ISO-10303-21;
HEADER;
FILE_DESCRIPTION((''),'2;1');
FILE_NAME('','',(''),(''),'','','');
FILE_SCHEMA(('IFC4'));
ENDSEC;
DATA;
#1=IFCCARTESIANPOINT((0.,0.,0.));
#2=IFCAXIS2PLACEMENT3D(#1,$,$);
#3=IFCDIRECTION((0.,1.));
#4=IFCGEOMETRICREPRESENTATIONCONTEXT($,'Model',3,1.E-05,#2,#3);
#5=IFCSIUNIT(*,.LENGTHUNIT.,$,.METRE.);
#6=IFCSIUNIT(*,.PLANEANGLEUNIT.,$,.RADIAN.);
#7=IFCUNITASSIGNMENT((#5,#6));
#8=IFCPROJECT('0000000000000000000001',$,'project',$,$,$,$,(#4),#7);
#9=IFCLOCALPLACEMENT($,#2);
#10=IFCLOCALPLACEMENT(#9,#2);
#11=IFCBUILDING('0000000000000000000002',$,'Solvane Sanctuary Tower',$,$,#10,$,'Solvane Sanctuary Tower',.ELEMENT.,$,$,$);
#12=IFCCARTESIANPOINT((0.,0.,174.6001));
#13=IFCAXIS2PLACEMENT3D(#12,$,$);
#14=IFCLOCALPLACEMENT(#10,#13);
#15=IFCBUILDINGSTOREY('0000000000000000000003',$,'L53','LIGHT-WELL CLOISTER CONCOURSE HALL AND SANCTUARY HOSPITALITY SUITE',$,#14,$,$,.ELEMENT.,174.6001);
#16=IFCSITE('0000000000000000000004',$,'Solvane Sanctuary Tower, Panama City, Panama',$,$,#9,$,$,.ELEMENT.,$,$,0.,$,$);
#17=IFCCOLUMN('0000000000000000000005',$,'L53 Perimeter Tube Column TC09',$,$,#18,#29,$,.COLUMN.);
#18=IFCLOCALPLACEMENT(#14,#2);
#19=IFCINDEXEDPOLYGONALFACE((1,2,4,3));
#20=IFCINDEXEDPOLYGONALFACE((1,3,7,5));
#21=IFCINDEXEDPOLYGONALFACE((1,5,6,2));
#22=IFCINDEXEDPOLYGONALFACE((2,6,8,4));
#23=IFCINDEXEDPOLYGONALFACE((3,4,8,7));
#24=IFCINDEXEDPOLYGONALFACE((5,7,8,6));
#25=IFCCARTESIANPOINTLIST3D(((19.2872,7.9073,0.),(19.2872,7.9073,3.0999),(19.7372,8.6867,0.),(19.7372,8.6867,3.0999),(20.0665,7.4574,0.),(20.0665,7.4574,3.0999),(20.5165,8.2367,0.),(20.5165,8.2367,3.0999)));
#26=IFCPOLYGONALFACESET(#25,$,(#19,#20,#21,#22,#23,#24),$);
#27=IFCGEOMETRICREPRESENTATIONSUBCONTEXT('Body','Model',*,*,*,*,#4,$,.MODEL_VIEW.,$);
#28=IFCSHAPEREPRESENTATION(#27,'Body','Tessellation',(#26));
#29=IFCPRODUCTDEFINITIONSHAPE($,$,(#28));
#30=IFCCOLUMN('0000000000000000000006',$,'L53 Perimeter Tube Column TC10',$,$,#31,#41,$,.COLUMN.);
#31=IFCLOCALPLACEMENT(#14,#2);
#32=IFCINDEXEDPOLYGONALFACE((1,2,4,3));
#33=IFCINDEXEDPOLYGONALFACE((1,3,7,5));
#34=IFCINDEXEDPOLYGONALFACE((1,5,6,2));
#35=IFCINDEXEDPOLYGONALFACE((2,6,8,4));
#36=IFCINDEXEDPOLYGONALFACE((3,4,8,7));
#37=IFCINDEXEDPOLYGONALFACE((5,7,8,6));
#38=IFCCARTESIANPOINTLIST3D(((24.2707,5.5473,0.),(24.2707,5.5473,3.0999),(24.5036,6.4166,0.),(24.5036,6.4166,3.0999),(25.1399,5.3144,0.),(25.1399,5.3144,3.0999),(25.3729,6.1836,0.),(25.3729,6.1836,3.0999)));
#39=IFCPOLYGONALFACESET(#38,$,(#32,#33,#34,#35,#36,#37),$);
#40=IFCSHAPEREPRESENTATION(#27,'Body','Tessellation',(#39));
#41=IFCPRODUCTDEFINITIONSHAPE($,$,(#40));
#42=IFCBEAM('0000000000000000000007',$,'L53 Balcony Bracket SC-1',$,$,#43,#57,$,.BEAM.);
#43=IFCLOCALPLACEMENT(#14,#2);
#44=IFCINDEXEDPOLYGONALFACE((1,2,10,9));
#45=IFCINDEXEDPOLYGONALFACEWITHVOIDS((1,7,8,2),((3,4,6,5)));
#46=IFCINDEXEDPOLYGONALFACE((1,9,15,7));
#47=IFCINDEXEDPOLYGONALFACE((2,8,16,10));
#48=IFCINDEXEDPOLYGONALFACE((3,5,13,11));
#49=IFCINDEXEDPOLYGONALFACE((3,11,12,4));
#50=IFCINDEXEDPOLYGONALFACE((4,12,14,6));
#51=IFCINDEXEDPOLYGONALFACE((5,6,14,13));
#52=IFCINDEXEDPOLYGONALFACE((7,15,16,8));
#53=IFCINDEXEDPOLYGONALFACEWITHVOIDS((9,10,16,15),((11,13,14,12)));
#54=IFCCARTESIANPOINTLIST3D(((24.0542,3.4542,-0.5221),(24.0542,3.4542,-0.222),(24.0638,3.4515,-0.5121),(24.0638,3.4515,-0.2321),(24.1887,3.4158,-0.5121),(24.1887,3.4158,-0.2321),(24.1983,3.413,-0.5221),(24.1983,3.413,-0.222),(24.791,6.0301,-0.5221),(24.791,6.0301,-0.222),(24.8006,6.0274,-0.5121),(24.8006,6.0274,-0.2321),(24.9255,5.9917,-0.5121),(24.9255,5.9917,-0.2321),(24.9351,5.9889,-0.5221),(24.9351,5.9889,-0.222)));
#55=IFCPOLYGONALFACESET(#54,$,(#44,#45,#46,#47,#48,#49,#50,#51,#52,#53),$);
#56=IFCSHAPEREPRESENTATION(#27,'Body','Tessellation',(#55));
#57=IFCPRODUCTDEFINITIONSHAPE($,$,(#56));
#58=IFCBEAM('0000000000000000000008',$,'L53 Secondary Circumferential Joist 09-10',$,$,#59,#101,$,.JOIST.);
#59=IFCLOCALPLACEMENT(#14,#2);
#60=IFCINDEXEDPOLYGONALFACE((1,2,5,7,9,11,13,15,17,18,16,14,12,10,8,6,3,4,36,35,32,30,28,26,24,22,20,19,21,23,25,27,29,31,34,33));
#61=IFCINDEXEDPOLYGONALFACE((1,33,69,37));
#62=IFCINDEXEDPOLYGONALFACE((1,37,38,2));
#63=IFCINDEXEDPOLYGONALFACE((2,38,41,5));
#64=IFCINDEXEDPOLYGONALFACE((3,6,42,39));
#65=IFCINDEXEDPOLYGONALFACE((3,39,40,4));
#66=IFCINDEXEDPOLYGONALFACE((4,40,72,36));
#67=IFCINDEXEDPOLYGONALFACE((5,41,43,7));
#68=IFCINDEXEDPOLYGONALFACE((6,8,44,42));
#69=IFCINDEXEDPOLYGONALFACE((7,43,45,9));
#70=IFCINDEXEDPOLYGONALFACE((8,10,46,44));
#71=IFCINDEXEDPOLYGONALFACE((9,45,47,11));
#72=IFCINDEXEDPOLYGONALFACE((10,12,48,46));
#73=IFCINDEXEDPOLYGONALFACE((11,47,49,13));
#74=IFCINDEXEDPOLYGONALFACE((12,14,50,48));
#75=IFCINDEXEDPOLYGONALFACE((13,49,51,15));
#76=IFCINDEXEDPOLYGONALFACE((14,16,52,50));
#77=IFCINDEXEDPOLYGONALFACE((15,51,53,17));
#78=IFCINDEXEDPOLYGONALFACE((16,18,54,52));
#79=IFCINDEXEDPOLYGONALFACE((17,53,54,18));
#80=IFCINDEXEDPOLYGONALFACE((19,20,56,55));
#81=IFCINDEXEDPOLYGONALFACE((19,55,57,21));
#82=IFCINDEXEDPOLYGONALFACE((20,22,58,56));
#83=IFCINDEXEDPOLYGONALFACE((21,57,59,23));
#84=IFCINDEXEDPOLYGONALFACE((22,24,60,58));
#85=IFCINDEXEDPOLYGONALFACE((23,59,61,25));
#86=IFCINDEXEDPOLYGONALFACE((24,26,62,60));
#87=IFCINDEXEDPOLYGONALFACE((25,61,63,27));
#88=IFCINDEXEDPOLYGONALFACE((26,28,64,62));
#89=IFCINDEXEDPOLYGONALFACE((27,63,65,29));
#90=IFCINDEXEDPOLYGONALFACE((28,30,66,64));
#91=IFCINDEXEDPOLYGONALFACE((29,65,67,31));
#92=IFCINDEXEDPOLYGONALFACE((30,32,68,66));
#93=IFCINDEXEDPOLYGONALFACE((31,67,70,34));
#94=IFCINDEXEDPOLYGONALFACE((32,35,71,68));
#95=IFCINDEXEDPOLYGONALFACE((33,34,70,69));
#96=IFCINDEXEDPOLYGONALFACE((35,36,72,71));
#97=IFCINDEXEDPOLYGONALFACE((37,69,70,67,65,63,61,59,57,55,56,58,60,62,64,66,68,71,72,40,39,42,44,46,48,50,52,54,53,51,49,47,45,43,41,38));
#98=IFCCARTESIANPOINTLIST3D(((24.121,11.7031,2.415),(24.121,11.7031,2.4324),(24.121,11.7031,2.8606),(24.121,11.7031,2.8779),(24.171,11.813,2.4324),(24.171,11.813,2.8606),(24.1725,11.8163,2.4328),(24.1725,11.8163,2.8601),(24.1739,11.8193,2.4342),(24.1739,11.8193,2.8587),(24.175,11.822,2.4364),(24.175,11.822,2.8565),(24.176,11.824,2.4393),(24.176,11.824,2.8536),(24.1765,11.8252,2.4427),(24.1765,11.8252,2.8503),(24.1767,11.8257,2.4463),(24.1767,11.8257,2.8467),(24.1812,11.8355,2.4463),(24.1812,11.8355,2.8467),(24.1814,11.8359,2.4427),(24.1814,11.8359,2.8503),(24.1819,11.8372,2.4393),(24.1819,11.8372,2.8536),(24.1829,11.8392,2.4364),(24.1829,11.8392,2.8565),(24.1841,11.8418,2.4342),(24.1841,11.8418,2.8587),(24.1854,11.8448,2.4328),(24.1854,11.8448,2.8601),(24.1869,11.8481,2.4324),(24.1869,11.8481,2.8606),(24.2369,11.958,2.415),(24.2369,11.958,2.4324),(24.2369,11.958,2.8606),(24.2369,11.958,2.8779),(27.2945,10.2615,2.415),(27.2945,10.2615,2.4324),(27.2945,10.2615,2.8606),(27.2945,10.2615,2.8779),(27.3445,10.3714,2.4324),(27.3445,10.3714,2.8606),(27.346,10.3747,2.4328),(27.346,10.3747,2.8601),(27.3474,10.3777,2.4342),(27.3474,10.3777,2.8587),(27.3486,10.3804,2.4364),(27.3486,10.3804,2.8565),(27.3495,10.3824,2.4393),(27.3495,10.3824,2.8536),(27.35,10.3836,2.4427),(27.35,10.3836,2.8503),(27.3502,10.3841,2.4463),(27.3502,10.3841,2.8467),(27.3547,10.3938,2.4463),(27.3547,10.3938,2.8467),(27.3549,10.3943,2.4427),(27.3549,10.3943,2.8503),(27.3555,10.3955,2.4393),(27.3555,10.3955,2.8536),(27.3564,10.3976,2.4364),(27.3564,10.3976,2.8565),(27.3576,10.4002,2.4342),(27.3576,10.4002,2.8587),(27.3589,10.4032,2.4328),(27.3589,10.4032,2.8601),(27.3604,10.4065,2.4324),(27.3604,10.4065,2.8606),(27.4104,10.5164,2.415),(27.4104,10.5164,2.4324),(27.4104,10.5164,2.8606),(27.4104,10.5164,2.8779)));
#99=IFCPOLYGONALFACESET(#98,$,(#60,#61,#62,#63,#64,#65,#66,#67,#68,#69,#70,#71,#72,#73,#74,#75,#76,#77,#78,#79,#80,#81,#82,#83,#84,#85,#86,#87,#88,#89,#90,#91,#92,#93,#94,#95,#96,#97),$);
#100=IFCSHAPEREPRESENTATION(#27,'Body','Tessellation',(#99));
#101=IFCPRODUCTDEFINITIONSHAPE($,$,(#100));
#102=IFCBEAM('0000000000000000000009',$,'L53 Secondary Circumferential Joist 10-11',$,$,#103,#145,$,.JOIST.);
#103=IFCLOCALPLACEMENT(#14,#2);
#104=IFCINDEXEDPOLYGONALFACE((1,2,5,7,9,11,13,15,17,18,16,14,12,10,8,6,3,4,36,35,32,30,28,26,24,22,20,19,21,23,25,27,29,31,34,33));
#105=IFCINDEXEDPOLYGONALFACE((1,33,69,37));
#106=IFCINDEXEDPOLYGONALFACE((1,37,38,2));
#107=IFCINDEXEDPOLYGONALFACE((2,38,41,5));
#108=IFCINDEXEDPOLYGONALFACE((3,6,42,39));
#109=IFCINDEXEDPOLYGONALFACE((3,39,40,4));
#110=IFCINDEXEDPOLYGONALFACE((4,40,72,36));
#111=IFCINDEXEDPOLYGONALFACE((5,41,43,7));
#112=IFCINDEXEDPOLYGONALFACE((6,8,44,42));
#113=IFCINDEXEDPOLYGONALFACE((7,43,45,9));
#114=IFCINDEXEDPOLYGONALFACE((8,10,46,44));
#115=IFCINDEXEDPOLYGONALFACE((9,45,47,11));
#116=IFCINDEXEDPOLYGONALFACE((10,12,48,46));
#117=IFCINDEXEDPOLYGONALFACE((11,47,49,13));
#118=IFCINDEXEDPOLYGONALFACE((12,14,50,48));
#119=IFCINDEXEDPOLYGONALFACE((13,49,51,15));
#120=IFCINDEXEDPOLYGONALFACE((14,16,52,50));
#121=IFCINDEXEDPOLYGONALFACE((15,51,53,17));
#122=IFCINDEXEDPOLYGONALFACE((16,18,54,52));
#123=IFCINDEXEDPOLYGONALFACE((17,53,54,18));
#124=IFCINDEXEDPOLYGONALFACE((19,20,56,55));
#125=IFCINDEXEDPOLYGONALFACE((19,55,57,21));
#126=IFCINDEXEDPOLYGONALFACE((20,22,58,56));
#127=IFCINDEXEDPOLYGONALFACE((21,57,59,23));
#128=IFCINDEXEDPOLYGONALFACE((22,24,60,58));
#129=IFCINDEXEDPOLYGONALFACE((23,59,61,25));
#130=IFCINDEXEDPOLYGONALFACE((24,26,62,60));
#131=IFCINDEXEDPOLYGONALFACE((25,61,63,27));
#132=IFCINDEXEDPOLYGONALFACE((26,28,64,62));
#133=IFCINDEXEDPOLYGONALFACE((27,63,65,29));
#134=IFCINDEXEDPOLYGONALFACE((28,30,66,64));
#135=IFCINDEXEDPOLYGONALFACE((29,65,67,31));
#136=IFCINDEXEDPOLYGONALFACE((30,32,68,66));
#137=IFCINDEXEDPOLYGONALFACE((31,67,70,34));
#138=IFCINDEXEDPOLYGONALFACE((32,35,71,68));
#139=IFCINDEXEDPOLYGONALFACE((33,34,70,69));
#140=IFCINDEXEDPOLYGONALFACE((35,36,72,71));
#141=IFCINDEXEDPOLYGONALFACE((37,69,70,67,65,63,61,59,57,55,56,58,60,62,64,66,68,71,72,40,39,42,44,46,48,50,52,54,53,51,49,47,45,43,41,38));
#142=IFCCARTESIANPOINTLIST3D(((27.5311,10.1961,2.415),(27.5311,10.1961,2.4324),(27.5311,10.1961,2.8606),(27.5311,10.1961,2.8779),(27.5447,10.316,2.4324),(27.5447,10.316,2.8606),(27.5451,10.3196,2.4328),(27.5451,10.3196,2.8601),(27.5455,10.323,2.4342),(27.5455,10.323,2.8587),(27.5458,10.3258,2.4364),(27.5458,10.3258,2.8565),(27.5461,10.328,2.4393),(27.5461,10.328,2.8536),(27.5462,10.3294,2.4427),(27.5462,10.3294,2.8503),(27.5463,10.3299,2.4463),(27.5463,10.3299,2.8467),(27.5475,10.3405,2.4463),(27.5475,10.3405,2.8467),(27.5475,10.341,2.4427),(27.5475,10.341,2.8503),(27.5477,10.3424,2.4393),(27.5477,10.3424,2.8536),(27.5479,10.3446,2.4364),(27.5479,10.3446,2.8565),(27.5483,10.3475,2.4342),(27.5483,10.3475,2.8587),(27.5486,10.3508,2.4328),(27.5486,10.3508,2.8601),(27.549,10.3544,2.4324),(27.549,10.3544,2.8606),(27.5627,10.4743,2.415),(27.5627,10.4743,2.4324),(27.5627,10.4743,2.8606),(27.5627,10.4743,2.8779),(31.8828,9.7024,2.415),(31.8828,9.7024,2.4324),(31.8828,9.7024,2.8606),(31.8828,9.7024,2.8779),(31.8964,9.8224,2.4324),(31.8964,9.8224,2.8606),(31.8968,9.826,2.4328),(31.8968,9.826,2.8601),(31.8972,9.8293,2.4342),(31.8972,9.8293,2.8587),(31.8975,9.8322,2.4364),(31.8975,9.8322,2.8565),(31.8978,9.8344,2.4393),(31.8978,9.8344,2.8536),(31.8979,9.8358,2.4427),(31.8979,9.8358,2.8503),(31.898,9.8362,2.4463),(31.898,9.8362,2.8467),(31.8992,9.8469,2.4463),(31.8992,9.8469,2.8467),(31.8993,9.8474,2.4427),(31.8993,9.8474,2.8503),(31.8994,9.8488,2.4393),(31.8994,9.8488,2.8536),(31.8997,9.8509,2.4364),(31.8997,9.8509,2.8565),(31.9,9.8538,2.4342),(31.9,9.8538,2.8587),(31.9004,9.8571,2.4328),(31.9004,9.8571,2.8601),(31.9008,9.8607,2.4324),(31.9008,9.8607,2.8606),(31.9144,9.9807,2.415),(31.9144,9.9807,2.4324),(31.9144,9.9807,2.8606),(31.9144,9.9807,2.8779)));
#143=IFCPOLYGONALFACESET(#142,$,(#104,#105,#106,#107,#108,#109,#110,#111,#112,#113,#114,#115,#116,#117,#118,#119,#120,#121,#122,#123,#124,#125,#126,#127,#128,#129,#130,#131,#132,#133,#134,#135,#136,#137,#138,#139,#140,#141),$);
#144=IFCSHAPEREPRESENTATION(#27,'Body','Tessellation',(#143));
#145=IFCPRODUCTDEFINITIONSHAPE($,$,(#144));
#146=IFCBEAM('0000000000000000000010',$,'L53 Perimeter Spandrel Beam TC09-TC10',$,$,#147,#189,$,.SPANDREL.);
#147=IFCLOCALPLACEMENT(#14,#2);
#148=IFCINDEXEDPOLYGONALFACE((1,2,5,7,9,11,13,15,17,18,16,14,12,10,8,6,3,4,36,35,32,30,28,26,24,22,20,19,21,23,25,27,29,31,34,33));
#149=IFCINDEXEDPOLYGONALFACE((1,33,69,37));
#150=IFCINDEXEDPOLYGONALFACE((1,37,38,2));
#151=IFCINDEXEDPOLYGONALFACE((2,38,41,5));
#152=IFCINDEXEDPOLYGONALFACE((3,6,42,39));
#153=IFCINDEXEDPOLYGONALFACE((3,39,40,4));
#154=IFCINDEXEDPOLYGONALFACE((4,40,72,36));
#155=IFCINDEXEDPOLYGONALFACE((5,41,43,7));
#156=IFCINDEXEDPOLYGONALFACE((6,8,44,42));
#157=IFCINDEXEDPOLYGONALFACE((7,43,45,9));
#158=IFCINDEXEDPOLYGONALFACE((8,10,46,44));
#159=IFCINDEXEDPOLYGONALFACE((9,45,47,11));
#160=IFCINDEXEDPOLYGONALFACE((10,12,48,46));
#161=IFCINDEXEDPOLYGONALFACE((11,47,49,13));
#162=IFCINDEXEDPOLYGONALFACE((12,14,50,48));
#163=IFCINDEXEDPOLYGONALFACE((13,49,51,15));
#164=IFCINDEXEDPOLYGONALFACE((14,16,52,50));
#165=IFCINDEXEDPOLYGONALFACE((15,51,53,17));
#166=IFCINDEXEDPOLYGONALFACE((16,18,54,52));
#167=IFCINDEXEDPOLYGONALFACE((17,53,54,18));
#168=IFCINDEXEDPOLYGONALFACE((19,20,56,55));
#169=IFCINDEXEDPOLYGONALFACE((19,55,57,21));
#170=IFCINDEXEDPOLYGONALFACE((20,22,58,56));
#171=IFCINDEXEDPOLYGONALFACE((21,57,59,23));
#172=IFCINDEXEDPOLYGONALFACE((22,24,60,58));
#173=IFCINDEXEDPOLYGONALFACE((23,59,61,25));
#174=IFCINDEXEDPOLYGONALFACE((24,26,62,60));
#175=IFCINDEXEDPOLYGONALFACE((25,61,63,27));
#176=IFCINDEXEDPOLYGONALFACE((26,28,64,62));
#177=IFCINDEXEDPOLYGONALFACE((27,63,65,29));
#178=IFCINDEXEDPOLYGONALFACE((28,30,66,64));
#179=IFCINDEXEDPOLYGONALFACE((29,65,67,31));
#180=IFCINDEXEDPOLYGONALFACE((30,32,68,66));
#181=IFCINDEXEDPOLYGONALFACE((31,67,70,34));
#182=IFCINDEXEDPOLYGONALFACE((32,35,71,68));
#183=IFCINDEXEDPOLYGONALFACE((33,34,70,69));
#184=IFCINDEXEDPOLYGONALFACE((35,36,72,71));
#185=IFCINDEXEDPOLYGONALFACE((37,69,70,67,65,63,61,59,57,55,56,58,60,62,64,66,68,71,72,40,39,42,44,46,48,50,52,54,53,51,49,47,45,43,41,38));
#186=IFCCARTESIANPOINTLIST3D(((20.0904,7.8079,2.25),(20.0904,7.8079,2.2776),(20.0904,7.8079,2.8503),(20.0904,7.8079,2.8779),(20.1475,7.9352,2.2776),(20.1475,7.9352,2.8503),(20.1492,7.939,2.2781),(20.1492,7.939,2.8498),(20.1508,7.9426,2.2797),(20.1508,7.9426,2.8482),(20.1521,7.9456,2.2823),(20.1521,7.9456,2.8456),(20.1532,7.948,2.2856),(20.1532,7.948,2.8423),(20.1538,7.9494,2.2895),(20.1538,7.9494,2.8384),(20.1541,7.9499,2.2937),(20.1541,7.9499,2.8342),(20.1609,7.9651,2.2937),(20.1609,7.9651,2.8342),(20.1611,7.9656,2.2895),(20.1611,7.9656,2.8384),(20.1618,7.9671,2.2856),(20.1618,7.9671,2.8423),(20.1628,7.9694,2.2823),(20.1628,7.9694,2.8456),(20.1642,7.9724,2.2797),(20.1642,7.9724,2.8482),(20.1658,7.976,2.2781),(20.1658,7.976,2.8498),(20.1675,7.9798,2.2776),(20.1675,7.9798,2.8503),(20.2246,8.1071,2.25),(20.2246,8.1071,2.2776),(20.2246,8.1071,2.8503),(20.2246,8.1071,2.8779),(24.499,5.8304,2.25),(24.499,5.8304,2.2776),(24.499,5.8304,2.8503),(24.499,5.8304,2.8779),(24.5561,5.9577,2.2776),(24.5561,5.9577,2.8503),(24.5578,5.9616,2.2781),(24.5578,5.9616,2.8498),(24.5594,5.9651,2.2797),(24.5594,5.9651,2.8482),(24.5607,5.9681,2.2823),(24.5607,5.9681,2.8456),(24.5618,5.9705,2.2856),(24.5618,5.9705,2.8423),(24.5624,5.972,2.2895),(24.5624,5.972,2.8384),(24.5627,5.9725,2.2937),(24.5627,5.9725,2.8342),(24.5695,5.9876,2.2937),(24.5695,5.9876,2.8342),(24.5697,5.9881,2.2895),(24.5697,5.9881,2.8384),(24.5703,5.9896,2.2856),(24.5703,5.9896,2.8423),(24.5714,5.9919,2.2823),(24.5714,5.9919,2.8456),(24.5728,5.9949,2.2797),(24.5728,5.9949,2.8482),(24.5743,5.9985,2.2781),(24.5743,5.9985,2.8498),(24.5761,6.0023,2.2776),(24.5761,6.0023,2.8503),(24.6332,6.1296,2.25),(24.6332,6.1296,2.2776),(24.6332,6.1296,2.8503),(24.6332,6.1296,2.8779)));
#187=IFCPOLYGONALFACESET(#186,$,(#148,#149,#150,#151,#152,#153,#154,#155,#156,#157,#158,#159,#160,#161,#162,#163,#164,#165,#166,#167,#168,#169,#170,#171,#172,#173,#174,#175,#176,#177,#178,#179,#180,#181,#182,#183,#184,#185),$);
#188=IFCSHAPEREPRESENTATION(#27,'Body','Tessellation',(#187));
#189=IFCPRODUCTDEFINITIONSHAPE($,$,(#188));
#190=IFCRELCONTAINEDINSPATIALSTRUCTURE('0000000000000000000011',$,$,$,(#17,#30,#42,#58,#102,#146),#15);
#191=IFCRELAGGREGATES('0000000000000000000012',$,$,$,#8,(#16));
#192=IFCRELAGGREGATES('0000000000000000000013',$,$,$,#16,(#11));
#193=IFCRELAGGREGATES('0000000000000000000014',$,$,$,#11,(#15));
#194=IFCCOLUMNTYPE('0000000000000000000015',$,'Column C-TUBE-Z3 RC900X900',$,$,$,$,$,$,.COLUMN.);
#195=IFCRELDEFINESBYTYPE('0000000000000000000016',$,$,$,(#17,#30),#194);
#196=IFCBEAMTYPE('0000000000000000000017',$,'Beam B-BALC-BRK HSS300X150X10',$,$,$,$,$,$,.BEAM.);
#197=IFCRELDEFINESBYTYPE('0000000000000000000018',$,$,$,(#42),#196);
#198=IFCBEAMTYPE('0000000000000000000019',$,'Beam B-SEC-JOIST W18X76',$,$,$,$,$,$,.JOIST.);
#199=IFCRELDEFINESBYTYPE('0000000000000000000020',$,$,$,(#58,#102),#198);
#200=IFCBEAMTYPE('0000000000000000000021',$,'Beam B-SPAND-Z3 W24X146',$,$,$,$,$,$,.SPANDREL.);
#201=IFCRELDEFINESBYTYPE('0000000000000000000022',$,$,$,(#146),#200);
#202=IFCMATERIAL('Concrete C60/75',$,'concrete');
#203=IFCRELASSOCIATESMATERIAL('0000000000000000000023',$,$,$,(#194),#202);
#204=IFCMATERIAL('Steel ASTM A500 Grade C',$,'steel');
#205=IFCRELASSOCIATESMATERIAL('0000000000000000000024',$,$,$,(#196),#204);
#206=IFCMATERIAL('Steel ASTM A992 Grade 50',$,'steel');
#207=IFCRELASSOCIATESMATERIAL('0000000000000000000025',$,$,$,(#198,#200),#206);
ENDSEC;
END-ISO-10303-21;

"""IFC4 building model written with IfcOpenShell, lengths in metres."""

from ifc_helpers import new_model, si_unit, direction, frame, origin, origin_2d, place, context, subcontext, project, spatial, rectangle, hollow_rectangle, i_section, extrude, material, material_profile, profile_set, type_object, element, save


model = new_model("IFC4")

# Units and contexts
model_context = context("Model", 3, precision=1e-05, world=origin(), true_north=direction((0.0, 1.0)))
body_context = subcontext(model_context, "Body", "Model", "MODEL_VIEW")
ifc_project = project(units=[si_unit("LENGTHUNIT", "METRE"), si_unit("PLANEANGLEUNIT", "RADIAN")], contexts=[model_context])

# Site, building, storey
site_placement = place(None, origin())
site = spatial("IfcSite", under=ifc_project, at=site_placement, Name="Solvane Sanctuary Tower, Panama City, Panama", CompositionType="ELEMENT", RefElevation=0.0)
building_placement = place(site_placement, origin())
building = spatial("IfcBuilding", under=site, at=building_placement, Name="Solvane Sanctuary Tower", LongName="Solvane Sanctuary Tower", CompositionType="ELEMENT")
storey_placement = place(building_placement, frame((0.0, 0.0, 174.6001)))
storey = spatial("IfcBuildingStorey", under=building, at=storey_placement, Name="L53", Description="LIGHT-WELL CLOISTER CONCOURSE HALL AND SANCTUARY HOSPITALITY SUITE", CompositionType="ELEMENT", Elevation=174.6001)

# Columns
ifc_material_1 = material(Name="Concrete C60/75", Category="concrete")
ifc_material_profile_1 = material_profile(ifc_material_1, rectangle(XDim=0.8999, YDim=0.8999, at=origin_2d()), Name="RC900X900")
ifc_profile_set_1 = profile_set([ifc_material_profile_1], Name="Concrete C60/75")
column_type = type_object("IfcColumnType", Name="Column C-TUBE-Z3 RC900X900", PredefinedType="COLUMN", material=ifc_profile_set_1)
for number, where, z_axis, x_axis, name in (
    (1, (19.9019, 8.072, 0.0), (0.0, 0.0, 1.0), (-0.5, -0.866025, 0.0), "L53 Perimeter Tube Column TC09"),
    (2, (24.8218, 5.8655, 0.0), (0.0, 0.0, 1.0), (-0.258819, -0.965926, 0.0), "L53 Perimeter Tube Column TC10"),
):
    element("IfcColumn", number, at=place(storey_placement, frame(where, z_axis=z_axis, x_axis=x_axis)), inside=storey, type_object=column_type, Name=name, PredefinedType="COLUMN", context=body_context, shape_type="SweptSolid", body=[
        extrude(rectangle(XDim=0.8999, YDim=0.8999, at=origin_2d()), origin(), (0.0, 0.0, 1.0), 3.0999),
    ])

# Beams
ifc_material_2 = material(Name="Steel ASTM A500 Grade C", Category="steel")
ifc_material_profile_2 = material_profile(ifc_material_2, hollow_rectangle(XDim=0.1499, YDim=0.3, WallThickness=0.01, at=origin_2d()), Name="HSS300X150X10")
ifc_profile_set_2 = profile_set([ifc_material_profile_2], Name="Steel ASTM A500 Grade C")
beam_type_1 = type_object("IfcBeamType", Name="Beam B-BALC-BRK HSS300X150X10", PredefinedType="BEAM", material=ifc_profile_set_2)
beam_1_placement = place(storey_placement, frame((24.863, 6.0095, -0.3721), z_axis=(-0.27501, -0.961441, 0.0), x_axis=(0.961441, -0.27501, 0.0)))
element("IfcBeam", 3, at=beam_1_placement, inside=storey, type_object=beam_type_1, Name="L53 Balcony Bracket SC-1", PredefinedType="BEAM", context=body_context, shape_type="SweptSolid", body=[
    extrude(hollow_rectangle(XDim=0.1499, YDim=0.3, WallThickness=0.01, at=origin_2d()), origin(), (0.0, 0.0, 1.0), 2.6792),
])
ifc_material_3 = material(Name="Steel ASTM A992 Grade 50", Category="steel")
ifc_material_profile_3 = material_profile(ifc_material_3, i_section(OverallWidth=0.28, OverallDepth=0.4629, WebThickness=0.0107, FlangeThickness=0.0173, FilletRadius=0.0139, at=origin_2d()), Name="W18X76")
ifc_profile_set_3 = profile_set([ifc_material_profile_3], Name="Steel ASTM A992 Grade 50")
beam_type_2 = type_object("IfcBeamType", Name="Beam B-SEC-JOIST W18X76", PredefinedType="JOIST", material=ifc_profile_set_3)
beam_2_placement = place(storey_placement, frame((24.179, 11.8306, 2.6465), z_axis=(0.910462, -0.413592, 0.0), x_axis=(0.413592, 0.910462, 0.0)))
element("IfcBeam", 4, at=beam_2_placement, inside=storey, type_object=beam_type_2, Name="L53 Secondary Circumferential Joist 09-10", PredefinedType="JOIST", context=body_context, shape_type="SweptSolid", body=[
    extrude(i_section(OverallWidth=0.28, OverallDepth=0.4629, WebThickness=0.0107, FlangeThickness=0.0173, FilletRadius=0.0139, at=origin_2d()), origin(), (0.0, 0.0, 1.0), 3.4856),
])
beam_3_placement = place(storey_placement, frame((27.5469, 10.3352, 2.6465), z_axis=(0.993628, -0.112713, 0.0), x_axis=(0.112713, 0.993628, 0.0)))
element("IfcBeam", 5, at=beam_3_placement, inside=storey, type_object=beam_type_2, Name="L53 Secondary Circumferential Joist 10-11", PredefinedType="JOIST", context=body_context, shape_type="SweptSolid", body=[
    extrude(i_section(OverallWidth=0.28, OverallDepth=0.4629, WebThickness=0.0107, FlangeThickness=0.0173, FilletRadius=0.0139, at=origin_2d()), origin(), (0.0, 0.0, 1.0), 4.3796),
])
ifc_material_profile_4 = material_profile(ifc_material_3, i_section(OverallWidth=0.3279, OverallDepth=0.6279, WebThickness=0.0166, FlangeThickness=0.0276, FilletRadius=0.0161, at=origin_2d()), Name="W24X146")
ifc_profile_set_4 = profile_set([ifc_material_profile_4], Name="Steel ASTM A992 Grade 50")
beam_type_3 = type_object("IfcBeamType", Name="Beam B-SPAND-Z3 W24X146", PredefinedType="SPANDREL", material=ifc_profile_set_4)
beam_4_placement = place(storey_placement, frame((20.1575, 7.9575, 2.564), z_axis=(0.912414, -0.409268, 0.0), x_axis=(0.409268, 0.912414, 0.0)))
element("IfcBeam", 6, at=beam_4_placement, inside=storey, type_object=beam_type_3, Name="L53 Perimeter Spandrel Beam TC09-TC10", PredefinedType="SPANDREL", context=body_context, shape_type="SweptSolid", body=[
    extrude(i_section(OverallWidth=0.3279, OverallDepth=0.6279, WebThickness=0.0166, FlangeThickness=0.0276, FilletRadius=0.0161, at=origin_2d()), origin(), (0.0, 0.0, 1.0), 4.8318),
])

save(model, "model.ifc")
